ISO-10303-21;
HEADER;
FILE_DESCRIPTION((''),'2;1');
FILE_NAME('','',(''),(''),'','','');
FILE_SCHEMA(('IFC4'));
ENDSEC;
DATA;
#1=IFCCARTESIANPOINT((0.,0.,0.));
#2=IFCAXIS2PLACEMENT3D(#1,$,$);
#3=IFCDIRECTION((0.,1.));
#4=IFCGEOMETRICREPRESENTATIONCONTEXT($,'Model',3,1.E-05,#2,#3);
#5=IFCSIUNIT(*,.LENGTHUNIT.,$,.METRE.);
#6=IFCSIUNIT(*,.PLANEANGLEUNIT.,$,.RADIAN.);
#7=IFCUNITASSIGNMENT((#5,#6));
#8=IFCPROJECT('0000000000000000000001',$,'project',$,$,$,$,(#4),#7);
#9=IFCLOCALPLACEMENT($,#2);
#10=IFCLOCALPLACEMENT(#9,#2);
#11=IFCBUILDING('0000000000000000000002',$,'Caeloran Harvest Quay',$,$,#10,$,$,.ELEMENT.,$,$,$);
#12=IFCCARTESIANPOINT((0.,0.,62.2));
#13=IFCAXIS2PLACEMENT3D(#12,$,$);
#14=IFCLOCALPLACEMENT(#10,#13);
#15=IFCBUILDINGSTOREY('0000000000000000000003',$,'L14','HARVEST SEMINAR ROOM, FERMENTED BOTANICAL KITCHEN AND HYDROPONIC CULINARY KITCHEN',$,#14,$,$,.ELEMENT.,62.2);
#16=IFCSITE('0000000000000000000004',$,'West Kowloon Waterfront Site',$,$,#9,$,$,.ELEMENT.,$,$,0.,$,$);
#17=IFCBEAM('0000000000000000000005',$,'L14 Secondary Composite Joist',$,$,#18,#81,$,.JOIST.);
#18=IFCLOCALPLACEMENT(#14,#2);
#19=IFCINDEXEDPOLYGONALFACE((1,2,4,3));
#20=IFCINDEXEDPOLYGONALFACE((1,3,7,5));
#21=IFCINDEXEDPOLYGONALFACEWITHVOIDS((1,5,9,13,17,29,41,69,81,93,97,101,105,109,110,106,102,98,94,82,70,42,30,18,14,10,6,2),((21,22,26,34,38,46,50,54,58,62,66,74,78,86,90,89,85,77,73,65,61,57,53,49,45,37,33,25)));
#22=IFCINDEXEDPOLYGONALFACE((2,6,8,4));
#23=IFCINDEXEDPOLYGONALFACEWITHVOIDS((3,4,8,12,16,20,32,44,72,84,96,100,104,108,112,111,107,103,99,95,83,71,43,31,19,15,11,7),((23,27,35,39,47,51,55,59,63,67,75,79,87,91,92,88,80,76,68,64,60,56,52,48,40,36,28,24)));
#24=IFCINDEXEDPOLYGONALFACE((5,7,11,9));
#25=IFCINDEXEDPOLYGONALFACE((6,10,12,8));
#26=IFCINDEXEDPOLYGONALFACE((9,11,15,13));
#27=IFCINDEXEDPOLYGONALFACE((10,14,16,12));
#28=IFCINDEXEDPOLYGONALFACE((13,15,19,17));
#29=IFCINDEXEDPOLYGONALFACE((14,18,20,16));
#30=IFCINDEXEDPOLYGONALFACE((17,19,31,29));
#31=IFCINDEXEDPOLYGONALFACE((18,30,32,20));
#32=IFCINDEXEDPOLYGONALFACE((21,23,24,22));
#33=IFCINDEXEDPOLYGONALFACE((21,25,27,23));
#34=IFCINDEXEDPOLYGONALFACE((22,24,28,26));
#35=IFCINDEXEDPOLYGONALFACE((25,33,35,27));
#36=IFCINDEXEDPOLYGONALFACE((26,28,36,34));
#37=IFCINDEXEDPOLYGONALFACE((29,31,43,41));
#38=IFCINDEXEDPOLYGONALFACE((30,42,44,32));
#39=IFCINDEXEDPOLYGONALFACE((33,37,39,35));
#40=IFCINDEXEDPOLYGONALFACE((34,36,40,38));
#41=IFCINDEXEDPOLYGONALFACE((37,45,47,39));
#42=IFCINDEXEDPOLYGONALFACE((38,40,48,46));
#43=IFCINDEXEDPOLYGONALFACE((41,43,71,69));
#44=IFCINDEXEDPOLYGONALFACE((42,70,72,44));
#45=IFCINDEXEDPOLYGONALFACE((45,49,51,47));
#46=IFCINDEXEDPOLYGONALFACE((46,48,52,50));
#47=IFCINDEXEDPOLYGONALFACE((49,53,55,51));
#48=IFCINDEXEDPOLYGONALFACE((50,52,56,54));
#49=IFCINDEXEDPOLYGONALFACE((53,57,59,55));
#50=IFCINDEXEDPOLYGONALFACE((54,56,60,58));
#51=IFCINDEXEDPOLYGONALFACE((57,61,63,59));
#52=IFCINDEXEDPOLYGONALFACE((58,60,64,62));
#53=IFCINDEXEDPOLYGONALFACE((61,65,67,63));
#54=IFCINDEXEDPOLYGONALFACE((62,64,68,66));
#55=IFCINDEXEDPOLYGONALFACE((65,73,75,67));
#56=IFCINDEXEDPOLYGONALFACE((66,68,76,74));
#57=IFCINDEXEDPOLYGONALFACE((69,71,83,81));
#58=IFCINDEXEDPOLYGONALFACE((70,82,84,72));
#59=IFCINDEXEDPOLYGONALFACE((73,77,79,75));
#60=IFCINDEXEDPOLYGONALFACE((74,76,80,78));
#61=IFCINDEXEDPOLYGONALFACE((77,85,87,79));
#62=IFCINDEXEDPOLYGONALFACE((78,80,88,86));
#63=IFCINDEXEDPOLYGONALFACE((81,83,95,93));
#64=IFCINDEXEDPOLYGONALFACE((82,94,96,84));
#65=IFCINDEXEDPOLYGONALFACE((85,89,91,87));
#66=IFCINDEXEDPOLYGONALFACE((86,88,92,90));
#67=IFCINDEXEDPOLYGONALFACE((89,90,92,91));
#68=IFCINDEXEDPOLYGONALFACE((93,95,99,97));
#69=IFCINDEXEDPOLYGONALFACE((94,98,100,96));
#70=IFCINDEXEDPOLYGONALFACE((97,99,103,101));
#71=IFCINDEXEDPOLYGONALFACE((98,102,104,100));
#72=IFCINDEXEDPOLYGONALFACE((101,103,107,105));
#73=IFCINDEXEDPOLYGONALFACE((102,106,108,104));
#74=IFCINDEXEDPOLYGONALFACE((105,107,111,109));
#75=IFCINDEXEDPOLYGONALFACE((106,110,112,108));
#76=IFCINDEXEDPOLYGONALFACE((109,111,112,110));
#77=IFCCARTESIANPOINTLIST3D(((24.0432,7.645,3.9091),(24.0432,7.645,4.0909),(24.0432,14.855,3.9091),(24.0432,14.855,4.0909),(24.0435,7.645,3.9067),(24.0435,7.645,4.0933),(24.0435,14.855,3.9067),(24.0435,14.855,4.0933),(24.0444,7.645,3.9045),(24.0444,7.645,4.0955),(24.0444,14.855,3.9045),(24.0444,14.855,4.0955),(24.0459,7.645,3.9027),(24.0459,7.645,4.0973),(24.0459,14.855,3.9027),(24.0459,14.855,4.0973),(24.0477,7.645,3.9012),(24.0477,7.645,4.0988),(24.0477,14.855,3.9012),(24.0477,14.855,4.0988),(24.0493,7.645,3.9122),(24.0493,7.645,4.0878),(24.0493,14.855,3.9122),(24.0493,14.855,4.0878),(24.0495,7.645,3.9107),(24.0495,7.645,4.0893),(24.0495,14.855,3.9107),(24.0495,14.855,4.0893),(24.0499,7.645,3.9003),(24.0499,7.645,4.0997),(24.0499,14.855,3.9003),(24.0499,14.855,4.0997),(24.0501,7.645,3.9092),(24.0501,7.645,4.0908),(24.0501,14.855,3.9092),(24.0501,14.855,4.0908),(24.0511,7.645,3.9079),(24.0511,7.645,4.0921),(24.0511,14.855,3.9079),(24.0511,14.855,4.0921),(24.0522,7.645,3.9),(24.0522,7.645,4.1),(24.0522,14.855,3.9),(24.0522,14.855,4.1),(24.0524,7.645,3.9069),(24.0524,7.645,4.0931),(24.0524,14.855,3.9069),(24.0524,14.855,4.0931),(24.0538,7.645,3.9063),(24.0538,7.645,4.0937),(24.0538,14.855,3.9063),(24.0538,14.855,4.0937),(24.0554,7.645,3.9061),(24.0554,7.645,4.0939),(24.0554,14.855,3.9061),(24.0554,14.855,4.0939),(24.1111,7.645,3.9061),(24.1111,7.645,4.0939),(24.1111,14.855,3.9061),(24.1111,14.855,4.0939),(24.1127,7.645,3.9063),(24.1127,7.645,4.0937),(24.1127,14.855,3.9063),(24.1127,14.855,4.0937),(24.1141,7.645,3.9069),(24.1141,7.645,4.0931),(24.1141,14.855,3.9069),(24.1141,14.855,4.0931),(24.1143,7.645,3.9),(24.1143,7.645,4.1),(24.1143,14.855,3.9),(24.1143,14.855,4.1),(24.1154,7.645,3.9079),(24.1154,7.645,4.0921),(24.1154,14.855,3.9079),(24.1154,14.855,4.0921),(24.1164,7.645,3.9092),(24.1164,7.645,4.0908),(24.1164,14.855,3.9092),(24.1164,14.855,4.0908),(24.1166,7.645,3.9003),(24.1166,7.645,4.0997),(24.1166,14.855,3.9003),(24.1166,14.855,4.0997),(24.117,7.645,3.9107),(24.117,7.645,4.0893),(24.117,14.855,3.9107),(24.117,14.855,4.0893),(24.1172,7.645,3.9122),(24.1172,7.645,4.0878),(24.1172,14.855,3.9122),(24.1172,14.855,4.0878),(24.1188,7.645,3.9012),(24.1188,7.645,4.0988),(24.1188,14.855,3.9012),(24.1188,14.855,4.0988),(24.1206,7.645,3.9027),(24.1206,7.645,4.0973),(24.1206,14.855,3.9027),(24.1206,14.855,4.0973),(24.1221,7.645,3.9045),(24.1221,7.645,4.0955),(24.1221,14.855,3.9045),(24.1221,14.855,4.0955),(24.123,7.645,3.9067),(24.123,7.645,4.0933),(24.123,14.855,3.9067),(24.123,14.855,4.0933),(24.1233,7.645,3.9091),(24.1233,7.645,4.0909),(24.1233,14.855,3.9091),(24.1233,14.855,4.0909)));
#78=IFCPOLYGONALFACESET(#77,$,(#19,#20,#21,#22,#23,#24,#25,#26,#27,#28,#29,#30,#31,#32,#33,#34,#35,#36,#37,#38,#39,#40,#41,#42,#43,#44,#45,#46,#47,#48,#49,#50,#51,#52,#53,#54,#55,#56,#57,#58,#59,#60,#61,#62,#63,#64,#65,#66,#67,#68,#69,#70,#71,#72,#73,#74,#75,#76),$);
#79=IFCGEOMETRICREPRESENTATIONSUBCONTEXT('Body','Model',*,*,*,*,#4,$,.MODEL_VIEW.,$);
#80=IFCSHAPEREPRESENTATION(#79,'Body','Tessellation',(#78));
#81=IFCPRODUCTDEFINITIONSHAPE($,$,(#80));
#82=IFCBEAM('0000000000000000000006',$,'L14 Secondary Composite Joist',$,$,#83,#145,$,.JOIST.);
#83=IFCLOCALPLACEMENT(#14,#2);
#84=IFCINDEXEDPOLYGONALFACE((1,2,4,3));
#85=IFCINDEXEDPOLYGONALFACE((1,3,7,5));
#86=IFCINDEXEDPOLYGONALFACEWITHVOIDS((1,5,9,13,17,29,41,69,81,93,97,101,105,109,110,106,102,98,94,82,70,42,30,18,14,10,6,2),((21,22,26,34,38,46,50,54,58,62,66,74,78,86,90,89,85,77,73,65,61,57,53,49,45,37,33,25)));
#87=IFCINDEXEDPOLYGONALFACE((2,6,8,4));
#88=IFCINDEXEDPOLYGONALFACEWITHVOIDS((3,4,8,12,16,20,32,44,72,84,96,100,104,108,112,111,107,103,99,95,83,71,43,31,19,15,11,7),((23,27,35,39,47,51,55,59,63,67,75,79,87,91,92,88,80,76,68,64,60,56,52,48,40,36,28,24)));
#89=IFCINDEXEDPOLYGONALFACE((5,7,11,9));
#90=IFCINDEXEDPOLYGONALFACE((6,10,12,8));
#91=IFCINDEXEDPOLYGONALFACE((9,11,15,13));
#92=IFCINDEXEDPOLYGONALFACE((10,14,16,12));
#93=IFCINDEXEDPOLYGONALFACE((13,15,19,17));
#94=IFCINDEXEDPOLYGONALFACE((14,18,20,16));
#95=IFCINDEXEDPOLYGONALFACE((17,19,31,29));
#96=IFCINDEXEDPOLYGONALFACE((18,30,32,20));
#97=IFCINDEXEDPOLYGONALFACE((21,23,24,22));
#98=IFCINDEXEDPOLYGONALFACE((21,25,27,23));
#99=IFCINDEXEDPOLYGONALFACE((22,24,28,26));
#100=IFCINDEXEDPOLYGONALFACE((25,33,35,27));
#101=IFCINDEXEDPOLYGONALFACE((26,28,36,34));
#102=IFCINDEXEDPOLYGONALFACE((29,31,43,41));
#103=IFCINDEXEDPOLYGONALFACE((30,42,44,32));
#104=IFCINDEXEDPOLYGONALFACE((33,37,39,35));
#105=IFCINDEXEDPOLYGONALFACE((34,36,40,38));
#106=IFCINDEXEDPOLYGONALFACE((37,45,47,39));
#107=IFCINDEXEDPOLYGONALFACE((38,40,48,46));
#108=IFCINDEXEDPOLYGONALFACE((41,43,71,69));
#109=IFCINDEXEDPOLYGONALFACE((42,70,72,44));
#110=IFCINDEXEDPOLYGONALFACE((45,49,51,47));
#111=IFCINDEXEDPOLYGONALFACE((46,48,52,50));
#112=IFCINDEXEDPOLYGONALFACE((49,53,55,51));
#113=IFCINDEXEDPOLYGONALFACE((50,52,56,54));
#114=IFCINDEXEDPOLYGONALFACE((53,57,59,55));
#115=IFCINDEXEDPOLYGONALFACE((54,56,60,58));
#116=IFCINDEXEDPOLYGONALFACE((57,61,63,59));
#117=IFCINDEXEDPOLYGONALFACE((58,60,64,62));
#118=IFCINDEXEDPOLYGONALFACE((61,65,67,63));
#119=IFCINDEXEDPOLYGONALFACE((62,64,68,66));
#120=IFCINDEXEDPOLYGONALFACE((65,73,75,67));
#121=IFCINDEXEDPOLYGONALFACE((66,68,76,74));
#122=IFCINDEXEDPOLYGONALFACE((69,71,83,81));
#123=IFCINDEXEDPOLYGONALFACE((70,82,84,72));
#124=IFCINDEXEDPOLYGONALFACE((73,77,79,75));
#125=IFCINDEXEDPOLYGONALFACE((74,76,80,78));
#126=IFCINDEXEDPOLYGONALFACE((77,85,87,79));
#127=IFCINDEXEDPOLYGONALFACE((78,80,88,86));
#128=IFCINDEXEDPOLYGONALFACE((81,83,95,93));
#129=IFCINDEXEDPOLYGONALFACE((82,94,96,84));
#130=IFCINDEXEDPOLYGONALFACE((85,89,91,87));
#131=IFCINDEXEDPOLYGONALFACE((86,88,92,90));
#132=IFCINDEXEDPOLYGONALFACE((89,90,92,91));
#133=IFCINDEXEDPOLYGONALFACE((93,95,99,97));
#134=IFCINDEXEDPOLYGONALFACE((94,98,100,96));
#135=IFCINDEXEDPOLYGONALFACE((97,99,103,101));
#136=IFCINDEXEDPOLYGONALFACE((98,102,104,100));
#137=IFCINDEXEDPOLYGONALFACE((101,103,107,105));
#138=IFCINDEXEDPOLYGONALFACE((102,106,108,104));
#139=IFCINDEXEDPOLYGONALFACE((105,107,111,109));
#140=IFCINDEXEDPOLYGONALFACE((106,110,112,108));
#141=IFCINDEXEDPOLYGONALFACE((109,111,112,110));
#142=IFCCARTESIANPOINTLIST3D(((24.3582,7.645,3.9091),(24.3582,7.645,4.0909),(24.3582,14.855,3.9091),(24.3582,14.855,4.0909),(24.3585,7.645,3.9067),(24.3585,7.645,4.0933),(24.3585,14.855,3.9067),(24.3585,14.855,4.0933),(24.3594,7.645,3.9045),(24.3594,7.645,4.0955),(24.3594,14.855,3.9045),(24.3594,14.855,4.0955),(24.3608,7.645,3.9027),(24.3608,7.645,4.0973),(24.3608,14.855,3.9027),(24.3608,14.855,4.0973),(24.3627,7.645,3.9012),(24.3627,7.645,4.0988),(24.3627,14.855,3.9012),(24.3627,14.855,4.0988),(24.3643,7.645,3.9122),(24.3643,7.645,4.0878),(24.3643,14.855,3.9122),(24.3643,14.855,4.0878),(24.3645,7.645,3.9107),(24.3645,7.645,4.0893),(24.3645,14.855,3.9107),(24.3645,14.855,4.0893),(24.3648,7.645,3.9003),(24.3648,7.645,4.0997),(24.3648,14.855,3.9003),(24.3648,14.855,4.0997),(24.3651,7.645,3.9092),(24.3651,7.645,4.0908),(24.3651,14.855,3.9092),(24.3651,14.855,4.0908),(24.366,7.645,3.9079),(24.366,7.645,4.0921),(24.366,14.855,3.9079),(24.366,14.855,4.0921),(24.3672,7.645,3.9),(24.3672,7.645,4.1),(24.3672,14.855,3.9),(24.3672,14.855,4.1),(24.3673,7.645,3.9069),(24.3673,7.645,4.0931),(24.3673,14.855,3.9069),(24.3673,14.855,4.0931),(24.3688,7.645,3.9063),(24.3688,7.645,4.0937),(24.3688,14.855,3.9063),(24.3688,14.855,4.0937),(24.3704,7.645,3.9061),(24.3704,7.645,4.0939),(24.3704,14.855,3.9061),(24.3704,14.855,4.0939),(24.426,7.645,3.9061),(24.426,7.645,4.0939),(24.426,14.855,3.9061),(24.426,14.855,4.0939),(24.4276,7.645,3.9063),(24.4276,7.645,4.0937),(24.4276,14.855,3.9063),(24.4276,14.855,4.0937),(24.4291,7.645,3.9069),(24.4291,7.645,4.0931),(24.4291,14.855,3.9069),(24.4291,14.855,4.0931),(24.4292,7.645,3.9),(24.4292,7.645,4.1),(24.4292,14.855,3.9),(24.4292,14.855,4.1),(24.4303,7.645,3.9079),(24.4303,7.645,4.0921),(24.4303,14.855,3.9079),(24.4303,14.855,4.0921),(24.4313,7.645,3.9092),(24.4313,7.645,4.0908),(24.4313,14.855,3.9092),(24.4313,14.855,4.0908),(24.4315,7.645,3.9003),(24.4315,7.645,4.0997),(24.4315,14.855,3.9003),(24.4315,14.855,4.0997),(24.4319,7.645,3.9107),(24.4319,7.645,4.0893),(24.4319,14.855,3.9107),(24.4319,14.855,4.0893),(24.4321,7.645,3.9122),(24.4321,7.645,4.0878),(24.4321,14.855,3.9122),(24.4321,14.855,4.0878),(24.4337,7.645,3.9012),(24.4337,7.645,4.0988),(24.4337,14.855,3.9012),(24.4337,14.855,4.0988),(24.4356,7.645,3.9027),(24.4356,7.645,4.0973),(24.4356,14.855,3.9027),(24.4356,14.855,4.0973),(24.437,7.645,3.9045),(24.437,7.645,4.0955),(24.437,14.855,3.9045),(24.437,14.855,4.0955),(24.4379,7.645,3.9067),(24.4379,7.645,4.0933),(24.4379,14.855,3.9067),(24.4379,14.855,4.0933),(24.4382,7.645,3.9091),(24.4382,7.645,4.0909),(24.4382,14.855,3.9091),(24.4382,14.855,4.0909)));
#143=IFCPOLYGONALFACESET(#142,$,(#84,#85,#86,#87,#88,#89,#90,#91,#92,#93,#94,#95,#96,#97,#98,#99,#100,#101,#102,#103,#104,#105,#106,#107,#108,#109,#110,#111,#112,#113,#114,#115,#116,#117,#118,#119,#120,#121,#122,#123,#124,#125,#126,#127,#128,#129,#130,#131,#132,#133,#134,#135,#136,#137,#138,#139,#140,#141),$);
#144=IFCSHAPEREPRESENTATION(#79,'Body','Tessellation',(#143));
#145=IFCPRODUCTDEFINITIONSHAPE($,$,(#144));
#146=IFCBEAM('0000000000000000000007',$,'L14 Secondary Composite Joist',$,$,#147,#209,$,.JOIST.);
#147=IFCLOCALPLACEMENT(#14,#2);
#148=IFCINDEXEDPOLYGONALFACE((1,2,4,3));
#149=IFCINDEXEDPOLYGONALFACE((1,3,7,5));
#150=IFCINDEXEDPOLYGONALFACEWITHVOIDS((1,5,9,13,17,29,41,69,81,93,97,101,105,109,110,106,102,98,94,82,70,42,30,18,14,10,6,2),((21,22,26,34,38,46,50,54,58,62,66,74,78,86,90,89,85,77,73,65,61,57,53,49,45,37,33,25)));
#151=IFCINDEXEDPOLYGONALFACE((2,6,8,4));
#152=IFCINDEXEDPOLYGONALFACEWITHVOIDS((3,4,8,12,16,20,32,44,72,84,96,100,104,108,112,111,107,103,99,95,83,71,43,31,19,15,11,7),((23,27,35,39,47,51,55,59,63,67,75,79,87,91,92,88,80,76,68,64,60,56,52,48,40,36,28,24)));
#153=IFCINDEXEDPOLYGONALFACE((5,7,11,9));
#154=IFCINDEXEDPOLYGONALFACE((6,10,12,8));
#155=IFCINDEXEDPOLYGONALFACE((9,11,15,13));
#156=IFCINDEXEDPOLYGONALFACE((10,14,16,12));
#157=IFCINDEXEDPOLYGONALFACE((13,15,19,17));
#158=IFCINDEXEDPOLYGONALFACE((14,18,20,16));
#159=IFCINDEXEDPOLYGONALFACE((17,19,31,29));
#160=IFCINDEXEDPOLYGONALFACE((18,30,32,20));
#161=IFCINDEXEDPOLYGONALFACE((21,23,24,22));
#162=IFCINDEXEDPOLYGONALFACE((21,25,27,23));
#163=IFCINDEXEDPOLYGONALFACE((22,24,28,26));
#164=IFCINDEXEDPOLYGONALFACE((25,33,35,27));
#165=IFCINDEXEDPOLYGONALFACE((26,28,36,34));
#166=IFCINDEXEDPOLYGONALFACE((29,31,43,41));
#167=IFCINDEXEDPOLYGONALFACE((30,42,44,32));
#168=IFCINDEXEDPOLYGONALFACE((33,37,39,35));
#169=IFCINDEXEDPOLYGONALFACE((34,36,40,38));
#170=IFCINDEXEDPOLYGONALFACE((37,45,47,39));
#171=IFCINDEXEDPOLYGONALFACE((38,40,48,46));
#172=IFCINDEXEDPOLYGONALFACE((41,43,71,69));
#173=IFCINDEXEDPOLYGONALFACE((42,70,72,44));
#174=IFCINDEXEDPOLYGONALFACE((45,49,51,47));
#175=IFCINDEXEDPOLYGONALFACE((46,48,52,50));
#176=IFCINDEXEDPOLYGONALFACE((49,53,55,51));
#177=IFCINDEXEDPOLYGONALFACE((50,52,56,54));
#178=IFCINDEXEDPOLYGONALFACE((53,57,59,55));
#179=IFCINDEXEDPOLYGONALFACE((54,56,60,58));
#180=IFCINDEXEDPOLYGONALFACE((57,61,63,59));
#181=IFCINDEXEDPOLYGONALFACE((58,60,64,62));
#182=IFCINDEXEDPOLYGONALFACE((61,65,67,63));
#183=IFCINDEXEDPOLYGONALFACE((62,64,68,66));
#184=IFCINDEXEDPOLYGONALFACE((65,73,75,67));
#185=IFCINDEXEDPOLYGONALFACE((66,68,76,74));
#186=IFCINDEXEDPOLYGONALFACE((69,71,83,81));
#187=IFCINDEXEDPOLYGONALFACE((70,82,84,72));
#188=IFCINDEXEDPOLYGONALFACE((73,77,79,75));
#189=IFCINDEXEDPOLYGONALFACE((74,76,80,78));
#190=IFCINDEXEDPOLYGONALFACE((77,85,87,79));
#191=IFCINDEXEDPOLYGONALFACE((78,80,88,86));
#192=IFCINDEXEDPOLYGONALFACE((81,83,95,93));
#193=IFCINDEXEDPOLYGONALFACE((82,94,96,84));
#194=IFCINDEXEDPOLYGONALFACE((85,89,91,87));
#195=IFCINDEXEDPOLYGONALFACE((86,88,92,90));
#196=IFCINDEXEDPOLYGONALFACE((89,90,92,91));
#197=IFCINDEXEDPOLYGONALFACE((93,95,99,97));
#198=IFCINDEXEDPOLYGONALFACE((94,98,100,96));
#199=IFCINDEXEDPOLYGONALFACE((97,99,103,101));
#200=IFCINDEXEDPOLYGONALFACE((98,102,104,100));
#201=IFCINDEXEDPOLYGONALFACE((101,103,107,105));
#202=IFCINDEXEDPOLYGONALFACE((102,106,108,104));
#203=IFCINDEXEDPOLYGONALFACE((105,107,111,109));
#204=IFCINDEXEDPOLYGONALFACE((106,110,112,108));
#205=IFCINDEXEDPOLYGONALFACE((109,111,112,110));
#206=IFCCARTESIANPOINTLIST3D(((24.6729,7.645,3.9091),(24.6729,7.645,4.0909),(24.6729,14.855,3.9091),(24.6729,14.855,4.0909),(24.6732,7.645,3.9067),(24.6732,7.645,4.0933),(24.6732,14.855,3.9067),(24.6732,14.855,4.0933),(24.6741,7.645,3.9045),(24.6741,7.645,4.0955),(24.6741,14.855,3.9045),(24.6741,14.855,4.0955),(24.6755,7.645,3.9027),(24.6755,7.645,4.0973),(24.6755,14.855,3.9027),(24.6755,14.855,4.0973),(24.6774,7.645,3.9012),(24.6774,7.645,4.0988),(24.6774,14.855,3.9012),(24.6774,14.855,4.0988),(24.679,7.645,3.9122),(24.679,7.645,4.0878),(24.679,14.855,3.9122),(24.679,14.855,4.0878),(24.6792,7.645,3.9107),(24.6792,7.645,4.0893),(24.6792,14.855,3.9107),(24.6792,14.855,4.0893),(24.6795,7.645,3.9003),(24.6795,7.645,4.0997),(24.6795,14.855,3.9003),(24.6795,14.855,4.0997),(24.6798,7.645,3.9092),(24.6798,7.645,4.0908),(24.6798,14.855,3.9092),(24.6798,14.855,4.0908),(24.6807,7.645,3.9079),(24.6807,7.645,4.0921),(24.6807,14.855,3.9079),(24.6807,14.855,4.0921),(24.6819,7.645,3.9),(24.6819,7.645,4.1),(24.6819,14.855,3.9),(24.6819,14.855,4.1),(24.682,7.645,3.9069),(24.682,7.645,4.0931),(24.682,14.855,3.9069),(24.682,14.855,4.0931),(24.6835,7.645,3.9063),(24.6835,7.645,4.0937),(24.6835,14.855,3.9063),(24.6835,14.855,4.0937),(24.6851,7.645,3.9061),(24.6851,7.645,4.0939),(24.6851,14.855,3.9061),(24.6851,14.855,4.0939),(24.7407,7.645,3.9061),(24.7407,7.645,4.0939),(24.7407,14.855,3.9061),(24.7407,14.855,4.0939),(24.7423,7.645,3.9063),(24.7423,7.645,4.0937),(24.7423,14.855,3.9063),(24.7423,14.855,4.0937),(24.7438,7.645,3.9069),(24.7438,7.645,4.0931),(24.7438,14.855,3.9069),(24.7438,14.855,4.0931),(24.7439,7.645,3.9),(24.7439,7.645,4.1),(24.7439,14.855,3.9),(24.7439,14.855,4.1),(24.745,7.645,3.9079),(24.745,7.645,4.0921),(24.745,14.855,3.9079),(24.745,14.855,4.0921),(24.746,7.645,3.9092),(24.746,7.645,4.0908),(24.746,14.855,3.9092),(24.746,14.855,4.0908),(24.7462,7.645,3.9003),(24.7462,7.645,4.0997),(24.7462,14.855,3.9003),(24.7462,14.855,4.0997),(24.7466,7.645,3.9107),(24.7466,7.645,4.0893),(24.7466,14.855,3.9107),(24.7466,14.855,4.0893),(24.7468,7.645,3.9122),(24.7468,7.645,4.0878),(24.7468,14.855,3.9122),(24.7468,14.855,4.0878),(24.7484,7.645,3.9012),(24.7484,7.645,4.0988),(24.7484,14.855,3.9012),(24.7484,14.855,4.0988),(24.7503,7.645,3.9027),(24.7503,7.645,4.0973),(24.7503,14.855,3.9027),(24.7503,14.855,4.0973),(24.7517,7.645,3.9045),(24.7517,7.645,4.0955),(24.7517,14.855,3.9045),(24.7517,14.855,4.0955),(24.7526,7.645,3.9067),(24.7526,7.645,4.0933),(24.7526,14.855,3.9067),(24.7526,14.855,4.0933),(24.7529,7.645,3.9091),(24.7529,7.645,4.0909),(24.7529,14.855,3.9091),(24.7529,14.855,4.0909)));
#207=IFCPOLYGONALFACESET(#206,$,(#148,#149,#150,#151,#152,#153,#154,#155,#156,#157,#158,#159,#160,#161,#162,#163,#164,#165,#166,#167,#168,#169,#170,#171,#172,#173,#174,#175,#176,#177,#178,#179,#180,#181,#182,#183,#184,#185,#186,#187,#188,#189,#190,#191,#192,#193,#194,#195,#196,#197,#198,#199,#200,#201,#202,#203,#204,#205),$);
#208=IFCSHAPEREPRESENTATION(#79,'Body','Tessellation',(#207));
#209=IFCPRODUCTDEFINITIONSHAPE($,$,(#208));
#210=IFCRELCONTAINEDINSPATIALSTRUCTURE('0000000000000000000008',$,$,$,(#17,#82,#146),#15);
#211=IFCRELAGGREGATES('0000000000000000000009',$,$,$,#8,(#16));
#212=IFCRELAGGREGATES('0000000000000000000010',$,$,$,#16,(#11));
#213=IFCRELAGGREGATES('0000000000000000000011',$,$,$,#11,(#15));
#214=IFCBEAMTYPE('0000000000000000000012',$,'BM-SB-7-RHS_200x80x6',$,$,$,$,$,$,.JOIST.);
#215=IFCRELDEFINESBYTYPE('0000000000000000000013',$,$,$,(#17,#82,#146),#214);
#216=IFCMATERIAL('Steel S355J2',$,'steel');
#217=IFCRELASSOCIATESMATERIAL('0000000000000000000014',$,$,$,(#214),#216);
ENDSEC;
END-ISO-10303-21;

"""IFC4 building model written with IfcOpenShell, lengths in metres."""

from ifc_helpers import new_model, si_unit, direction, frame, origin, origin_2d, place, context, subcontext, project, spatial, hollow_rectangle, extrude, material, material_profile, profile_set, type_object, element, save


model = new_model("IFC4")

# Units and contexts
model_context = context("Model", 3, precision=1e-05, world=origin(), true_north=direction((0.0, 1.0)))
body_context = subcontext(model_context, "Body", "Model", "MODEL_VIEW")
ifc_project = project(units=[si_unit("LENGTHUNIT", "METRE"), si_unit("PLANEANGLEUNIT", "RADIAN")], contexts=[model_context])

# Site, building, storey
site_placement = place(None, origin())
site = spatial("IfcSite", under=ifc_project, at=site_placement, Name="West Kowloon Waterfront Site", CompositionType="ELEMENT", RefElevation=0.0)
building_placement = place(site_placement, origin())
building = spatial("IfcBuilding", under=site, at=building_placement, Name="Caeloran Harvest Quay", CompositionType="ELEMENT")
storey_placement = place(building_placement, frame((0.0, 0.0, 62.2)))
storey = spatial("IfcBuildingStorey", under=building, at=storey_placement, Name="L14", Description="HARVEST SEMINAR ROOM, FERMENTED BOTANICAL KITCHEN AND HYDROPONIC CULINARY KITCHEN", CompositionType="ELEMENT", Elevation=62.2)

# Beams
ifc_material_1 = material(Name="Steel S355J2", Category="steel")
ifc_material_profile_1 = material_profile(ifc_material_1, hollow_rectangle(XDim=0.0801, YDim=0.2, WallThickness=0.0061, InnerFilletRadius=0.0061, OuterFilletRadius=0.009, at=origin_2d()), Name="RHS 200x80x6")
ifc_profile_set_1 = profile_set([ifc_material_profile_1], Name="Steel S355J2")
beam_type_1 = type_object("IfcBeamType", Name="BM-SB-7-RHS_200x80x6", PredefinedType="JOIST", material=ifc_profile_set_1)
for number, where, z_axis, x_axis, name in (
    (1, (24.0833, 7.645, 4.0), (0.0, 1.0, 0.0), (-1.0, 0.0, 0.0), "L14 Secondary Composite Joist"),
    (2, (24.3982, 7.645, 4.0), (0.0, 1.0, 0.0), (-1.0, 0.0, 0.0), "L14 Secondary Composite Joist"),
    (3, (24.7129, 7.645, 4.0), (0.0, 1.0, 0.0), (-1.0, 0.0, 0.0), "L14 Secondary Composite Joist"),
):
    element("IfcBeam", number, at=place(storey_placement, frame(where, z_axis=z_axis, x_axis=x_axis)), inside=storey, type_object=beam_type_1, Name=name, PredefinedType="JOIST", context=body_context, shape_type="SweptSolid", body=[
        extrude(hollow_rectangle(XDim=0.0801, YDim=0.2, WallThickness=0.0061, InnerFilletRadius=0.0061, OuterFilletRadius=0.009, at=origin_2d()), origin(), (0.0, 0.0, 1.0), 7.21),
    ])

save(model, "model.ifc")
